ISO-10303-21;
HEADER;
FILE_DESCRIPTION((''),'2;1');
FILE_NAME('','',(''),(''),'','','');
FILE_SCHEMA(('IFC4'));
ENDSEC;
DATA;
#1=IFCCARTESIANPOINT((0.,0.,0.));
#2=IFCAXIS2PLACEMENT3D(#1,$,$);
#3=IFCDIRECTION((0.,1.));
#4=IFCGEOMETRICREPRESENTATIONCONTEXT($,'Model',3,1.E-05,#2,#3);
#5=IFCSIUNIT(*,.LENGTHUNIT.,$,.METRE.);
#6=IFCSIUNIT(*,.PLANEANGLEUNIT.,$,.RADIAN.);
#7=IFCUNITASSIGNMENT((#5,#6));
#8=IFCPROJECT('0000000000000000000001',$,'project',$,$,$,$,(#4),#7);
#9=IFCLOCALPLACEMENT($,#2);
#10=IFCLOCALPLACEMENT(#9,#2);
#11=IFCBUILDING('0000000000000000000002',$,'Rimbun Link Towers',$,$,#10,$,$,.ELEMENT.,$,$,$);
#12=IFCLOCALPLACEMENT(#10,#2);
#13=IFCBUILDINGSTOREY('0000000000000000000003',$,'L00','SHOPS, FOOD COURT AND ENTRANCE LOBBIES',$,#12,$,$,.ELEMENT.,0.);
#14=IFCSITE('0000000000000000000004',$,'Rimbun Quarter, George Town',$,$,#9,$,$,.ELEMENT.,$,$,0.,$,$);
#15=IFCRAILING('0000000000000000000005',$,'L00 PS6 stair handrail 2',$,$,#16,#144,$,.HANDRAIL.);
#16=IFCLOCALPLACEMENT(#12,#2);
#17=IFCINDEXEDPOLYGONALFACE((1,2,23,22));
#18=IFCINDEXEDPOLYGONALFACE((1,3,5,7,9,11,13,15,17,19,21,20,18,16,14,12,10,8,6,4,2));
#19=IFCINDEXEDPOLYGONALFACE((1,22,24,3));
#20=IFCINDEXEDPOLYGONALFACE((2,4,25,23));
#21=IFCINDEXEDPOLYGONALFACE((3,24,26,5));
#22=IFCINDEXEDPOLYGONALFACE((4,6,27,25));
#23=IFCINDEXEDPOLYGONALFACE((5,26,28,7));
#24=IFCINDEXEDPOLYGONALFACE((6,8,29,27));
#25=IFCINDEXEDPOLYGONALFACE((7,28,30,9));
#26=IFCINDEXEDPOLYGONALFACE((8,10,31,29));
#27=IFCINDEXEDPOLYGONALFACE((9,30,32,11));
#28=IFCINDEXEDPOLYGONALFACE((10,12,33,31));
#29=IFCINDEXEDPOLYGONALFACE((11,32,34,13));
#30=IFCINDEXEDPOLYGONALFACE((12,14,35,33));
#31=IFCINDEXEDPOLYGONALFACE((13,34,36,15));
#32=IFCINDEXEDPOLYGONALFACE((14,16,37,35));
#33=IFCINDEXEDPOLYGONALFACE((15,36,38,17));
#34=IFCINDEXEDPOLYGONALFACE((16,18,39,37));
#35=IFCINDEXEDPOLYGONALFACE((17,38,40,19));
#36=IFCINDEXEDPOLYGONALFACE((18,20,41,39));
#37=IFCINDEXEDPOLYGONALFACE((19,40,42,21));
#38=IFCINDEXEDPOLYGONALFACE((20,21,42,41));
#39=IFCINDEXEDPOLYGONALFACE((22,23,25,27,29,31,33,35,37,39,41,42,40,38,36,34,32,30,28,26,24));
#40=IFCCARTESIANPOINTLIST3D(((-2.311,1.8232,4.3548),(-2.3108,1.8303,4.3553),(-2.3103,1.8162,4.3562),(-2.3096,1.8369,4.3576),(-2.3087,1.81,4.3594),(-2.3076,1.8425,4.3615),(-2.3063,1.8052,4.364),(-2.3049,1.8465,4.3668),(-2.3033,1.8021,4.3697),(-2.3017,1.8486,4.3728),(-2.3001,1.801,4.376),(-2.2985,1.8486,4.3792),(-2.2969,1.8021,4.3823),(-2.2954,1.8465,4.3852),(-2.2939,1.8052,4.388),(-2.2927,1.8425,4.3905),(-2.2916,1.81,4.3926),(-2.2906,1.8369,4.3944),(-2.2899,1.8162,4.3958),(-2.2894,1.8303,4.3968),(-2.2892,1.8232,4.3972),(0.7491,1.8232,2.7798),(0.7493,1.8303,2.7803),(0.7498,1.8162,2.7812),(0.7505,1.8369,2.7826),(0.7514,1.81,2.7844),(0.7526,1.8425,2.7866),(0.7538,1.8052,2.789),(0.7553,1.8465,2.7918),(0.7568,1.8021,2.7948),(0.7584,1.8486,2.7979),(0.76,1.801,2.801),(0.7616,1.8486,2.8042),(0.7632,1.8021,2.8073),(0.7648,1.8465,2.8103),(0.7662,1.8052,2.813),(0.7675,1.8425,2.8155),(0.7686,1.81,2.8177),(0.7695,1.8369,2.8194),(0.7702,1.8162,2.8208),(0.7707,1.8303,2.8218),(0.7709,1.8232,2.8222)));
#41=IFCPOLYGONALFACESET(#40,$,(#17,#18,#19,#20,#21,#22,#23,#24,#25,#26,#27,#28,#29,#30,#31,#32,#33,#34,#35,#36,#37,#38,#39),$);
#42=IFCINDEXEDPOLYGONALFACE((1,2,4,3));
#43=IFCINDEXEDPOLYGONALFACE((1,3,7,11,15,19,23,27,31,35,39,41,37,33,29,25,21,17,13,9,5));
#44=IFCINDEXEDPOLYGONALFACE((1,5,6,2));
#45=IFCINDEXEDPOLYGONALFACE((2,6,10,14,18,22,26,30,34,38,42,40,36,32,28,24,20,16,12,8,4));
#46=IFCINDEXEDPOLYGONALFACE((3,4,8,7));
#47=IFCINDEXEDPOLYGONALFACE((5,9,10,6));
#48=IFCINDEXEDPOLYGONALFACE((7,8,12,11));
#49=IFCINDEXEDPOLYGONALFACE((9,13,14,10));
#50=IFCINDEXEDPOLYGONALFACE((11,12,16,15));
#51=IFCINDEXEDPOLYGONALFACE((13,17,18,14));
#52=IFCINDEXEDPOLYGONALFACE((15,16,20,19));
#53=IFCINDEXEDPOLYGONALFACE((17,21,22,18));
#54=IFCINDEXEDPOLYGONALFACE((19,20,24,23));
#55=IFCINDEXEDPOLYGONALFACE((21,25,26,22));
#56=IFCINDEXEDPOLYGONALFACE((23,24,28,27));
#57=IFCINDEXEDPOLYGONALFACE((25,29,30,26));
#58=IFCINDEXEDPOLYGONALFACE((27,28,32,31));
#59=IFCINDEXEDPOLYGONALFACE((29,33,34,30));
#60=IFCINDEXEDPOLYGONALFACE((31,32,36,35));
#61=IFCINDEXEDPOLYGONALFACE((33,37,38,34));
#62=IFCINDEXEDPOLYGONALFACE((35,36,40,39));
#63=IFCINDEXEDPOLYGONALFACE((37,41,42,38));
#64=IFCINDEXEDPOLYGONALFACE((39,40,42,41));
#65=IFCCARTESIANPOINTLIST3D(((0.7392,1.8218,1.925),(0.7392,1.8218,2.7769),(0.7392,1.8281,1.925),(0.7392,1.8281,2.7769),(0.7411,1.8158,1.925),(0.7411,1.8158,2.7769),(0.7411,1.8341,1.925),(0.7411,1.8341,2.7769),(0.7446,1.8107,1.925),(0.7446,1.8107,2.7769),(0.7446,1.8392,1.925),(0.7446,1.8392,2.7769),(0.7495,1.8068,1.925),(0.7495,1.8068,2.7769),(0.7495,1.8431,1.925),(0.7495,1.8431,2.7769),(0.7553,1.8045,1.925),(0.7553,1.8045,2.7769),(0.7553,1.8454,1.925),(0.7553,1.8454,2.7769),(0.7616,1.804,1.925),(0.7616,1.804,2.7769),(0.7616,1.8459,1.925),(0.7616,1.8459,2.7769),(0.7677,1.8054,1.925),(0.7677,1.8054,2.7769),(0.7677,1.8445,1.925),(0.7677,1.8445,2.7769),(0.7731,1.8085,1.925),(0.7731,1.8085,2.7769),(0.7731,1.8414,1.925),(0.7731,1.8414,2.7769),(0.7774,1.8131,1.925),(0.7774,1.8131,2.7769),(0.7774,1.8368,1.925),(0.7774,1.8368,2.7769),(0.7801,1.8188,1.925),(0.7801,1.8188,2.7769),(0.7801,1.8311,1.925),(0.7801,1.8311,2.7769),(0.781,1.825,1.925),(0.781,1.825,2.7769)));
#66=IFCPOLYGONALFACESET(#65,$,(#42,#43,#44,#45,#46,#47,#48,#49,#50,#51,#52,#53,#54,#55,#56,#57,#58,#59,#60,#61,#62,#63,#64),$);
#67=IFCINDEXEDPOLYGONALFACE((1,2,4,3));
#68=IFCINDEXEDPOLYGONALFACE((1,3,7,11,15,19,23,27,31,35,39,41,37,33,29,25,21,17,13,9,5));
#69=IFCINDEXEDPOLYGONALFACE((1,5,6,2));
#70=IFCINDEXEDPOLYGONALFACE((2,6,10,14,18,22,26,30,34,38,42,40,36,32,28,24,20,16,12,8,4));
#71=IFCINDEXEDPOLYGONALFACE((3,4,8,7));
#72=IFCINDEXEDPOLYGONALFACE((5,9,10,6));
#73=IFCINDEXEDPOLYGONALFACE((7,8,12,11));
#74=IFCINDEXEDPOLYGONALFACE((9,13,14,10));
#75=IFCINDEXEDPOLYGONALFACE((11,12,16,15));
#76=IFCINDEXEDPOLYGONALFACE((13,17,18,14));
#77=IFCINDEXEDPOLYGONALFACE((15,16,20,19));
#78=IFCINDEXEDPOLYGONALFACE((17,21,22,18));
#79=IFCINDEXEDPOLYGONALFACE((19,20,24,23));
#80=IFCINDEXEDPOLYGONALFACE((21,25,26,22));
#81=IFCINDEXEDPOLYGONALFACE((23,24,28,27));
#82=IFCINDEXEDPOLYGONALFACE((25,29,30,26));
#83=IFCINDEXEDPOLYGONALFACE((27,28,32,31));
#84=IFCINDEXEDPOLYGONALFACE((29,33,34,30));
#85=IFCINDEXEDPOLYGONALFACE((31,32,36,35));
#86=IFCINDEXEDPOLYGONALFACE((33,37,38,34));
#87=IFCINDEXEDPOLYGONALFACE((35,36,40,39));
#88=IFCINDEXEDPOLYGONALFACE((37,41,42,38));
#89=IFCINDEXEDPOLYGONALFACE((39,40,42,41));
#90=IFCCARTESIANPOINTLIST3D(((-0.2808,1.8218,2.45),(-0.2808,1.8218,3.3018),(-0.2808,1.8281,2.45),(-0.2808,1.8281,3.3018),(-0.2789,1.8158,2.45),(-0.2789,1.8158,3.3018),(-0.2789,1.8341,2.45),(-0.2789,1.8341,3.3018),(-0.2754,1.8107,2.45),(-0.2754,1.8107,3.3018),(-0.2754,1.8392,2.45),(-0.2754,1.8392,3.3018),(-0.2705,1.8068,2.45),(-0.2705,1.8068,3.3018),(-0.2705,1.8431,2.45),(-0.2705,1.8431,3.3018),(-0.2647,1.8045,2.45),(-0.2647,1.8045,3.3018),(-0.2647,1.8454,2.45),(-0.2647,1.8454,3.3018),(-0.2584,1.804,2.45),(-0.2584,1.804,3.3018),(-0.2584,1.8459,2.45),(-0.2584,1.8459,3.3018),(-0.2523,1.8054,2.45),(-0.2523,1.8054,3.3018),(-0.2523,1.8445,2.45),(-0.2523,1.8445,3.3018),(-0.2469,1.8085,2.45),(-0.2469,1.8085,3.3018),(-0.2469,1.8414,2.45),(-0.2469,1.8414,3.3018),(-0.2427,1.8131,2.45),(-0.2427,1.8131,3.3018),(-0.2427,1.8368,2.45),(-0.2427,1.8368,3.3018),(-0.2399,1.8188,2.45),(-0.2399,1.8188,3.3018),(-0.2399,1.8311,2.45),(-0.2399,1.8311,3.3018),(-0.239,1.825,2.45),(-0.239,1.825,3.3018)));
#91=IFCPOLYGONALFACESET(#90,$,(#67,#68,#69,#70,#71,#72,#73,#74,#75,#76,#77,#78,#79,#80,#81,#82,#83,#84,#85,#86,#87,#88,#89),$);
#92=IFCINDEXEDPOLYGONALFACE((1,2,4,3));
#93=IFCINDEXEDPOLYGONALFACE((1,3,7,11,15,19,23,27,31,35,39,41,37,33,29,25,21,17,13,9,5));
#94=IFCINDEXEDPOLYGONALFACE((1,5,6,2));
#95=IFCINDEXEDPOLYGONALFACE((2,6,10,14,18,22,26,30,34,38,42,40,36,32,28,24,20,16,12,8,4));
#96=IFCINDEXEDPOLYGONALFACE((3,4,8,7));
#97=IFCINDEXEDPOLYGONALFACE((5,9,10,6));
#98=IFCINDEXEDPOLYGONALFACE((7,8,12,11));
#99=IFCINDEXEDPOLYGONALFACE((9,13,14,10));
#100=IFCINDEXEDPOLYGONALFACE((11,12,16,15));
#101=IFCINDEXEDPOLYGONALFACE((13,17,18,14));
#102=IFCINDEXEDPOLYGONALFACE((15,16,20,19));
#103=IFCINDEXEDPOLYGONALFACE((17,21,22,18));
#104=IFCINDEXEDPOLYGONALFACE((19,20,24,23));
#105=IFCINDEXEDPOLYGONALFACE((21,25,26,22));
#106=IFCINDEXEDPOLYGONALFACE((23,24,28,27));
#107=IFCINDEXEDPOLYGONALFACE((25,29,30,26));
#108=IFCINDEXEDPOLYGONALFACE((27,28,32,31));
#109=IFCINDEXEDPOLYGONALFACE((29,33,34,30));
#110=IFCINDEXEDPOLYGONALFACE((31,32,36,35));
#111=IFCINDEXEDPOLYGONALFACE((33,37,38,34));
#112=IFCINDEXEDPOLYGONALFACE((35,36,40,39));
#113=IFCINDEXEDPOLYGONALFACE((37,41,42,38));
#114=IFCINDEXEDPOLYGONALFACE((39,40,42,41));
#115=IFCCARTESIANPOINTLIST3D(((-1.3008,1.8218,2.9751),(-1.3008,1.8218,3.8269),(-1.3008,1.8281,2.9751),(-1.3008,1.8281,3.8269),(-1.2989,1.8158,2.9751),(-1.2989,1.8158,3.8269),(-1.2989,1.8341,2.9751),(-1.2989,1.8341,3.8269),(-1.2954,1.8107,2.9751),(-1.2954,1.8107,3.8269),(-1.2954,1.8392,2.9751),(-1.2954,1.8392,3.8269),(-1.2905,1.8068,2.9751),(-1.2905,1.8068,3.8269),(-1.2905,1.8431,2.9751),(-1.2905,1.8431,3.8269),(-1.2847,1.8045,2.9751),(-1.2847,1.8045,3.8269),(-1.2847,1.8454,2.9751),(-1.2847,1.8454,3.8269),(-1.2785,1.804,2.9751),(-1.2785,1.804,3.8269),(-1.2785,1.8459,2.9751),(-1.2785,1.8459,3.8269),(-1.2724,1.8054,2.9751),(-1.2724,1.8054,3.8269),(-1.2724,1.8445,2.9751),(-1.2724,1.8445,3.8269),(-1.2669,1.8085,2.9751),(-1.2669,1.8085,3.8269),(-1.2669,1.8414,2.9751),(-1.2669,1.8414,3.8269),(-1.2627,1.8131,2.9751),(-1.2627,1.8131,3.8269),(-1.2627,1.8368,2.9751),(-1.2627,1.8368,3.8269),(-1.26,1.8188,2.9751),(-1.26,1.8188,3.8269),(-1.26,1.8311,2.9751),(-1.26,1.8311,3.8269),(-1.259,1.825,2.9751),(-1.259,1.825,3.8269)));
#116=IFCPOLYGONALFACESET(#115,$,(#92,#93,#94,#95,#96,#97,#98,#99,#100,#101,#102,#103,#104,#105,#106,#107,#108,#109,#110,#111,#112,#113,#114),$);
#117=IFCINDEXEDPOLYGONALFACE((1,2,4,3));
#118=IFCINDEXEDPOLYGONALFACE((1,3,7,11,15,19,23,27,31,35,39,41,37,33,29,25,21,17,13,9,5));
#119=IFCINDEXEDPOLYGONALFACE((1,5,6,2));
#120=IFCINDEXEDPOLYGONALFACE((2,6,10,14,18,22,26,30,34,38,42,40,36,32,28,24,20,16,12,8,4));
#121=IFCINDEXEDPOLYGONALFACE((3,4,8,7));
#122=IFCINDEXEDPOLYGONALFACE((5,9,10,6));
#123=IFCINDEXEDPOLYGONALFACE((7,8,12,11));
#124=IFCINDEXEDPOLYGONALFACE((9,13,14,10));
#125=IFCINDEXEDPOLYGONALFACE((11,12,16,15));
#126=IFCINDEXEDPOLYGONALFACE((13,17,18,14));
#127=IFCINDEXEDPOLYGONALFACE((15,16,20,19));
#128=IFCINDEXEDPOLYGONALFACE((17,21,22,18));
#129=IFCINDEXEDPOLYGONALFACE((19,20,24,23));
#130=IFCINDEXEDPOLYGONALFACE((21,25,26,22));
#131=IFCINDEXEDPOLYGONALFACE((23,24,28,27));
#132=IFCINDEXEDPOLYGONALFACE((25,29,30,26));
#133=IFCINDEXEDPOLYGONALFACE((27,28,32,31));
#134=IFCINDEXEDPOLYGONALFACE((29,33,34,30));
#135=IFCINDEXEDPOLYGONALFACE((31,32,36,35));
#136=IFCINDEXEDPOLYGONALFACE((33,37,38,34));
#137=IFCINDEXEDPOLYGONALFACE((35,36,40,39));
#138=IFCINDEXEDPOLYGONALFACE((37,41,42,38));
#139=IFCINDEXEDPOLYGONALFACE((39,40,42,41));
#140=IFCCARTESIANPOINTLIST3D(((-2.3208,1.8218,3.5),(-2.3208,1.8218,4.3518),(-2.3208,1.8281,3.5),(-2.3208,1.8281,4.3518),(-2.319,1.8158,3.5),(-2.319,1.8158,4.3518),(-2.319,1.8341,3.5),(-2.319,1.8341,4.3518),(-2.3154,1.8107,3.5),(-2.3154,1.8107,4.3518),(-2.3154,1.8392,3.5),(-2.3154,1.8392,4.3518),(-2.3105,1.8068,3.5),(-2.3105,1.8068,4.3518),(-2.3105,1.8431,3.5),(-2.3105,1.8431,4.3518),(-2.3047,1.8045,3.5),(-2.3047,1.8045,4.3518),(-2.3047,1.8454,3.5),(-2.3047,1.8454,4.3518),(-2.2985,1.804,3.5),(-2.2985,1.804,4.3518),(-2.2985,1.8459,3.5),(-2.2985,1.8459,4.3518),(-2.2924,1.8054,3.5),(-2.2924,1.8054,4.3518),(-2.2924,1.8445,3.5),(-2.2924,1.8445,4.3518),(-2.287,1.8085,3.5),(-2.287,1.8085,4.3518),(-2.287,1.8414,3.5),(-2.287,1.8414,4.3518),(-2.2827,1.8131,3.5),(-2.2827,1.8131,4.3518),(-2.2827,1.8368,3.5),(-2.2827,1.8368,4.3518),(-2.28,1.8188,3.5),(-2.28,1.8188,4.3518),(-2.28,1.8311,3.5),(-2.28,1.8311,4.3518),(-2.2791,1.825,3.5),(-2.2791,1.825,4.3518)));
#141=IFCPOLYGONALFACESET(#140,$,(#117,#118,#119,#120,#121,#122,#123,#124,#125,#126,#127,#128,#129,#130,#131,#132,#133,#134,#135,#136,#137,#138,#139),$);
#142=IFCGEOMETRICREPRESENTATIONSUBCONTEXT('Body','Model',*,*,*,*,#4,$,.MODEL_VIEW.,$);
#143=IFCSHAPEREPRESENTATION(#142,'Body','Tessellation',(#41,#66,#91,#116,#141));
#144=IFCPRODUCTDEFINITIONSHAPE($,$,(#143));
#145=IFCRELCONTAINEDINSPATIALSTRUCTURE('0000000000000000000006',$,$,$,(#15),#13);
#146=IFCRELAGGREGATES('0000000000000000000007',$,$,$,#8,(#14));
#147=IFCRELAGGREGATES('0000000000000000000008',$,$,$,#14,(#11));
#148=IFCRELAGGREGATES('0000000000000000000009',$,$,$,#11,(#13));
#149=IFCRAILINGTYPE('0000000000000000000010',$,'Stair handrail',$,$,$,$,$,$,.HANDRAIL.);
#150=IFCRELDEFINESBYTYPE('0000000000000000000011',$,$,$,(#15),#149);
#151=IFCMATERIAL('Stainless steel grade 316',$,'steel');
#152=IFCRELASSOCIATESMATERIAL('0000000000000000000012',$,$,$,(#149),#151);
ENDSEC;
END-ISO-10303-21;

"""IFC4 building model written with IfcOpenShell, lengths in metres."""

from ifc_helpers import new_model, si_unit, direction, frame, origin, origin_2d, place, context, subcontext, project, spatial, circle, extrude, material, type_object, element, save


model = new_model("IFC4")

# Units and contexts
model_context = context("Model", 3, precision=1e-05, world=origin(), true_north=direction((0.0, 1.0)))
body_context = subcontext(model_context, "Body", "Model", "MODEL_VIEW")
ifc_project = project(units=[si_unit("LENGTHUNIT", "METRE"), si_unit("PLANEANGLEUNIT", "RADIAN")], contexts=[model_context])

# Site, building, storey
site_placement = place(None, origin())
site = spatial("IfcSite", under=ifc_project, at=site_placement, Name="Rimbun Quarter, George Town", CompositionType="ELEMENT", RefElevation=0.0)
building_placement = place(site_placement, origin())
building = spatial("IfcBuilding", under=site, at=building_placement, Name="Rimbun Link Towers", CompositionType="ELEMENT")
storey_placement = place(building_placement, origin())
storey = spatial("IfcBuildingStorey", under=building, at=storey_placement, Name="L00", Description="SHOPS, FOOD COURT AND ENTRANCE LOBBIES", CompositionType="ELEMENT", Elevation=0.0)

# Railing
ifc_material_1 = material(Name="Stainless steel grade 316", Category="steel")
railing_type_1 = type_object("IfcRailingType", Name="Stair handrail", PredefinedType="HANDRAIL", material=ifc_material_1)
for number, where, name in (
    (1, (0.76, 1.825, 1.925), "L00 PS6 stair handrail 2"),
):
    element("IfcRailing", number, at=place(storey_placement, frame(where)), inside=storey, type_object=railing_type_1, Name=name, PredefinedType="HANDRAIL", context=body_context, shape_type="SweptSolid", body=[
        extrude(circle(Radius=0.0239, at=origin_2d()), frame((0.0, 0.0, 0.876), z_axis=(-0.889145, 0.0, 0.457625), x_axis=(0.0, -1.0, 0.0)), (0.0, 0.0, 1.0), 3.4417),
        extrude(circle(Radius=0.021, at=origin_2d()), origin(), (0.0, 0.0, 1.0), 0.8518),
        extrude(circle(Radius=0.021, at=origin_2d()), frame((-1.02, 0.0, 0.5249)), (0.0, 0.0, 1.0), 0.8518),
        extrude(circle(Radius=0.021, at=origin_2d()), frame((-2.04, 0.0, 1.05)), (0.0, 0.0, 1.0), 0.8518),
        extrude(circle(Radius=0.021, at=origin_2d()), frame((-3.0601, 0.0, 1.575)), (0.0, 0.0, 1.0), 0.8518),
    ])

save(model, "model.ifc")
